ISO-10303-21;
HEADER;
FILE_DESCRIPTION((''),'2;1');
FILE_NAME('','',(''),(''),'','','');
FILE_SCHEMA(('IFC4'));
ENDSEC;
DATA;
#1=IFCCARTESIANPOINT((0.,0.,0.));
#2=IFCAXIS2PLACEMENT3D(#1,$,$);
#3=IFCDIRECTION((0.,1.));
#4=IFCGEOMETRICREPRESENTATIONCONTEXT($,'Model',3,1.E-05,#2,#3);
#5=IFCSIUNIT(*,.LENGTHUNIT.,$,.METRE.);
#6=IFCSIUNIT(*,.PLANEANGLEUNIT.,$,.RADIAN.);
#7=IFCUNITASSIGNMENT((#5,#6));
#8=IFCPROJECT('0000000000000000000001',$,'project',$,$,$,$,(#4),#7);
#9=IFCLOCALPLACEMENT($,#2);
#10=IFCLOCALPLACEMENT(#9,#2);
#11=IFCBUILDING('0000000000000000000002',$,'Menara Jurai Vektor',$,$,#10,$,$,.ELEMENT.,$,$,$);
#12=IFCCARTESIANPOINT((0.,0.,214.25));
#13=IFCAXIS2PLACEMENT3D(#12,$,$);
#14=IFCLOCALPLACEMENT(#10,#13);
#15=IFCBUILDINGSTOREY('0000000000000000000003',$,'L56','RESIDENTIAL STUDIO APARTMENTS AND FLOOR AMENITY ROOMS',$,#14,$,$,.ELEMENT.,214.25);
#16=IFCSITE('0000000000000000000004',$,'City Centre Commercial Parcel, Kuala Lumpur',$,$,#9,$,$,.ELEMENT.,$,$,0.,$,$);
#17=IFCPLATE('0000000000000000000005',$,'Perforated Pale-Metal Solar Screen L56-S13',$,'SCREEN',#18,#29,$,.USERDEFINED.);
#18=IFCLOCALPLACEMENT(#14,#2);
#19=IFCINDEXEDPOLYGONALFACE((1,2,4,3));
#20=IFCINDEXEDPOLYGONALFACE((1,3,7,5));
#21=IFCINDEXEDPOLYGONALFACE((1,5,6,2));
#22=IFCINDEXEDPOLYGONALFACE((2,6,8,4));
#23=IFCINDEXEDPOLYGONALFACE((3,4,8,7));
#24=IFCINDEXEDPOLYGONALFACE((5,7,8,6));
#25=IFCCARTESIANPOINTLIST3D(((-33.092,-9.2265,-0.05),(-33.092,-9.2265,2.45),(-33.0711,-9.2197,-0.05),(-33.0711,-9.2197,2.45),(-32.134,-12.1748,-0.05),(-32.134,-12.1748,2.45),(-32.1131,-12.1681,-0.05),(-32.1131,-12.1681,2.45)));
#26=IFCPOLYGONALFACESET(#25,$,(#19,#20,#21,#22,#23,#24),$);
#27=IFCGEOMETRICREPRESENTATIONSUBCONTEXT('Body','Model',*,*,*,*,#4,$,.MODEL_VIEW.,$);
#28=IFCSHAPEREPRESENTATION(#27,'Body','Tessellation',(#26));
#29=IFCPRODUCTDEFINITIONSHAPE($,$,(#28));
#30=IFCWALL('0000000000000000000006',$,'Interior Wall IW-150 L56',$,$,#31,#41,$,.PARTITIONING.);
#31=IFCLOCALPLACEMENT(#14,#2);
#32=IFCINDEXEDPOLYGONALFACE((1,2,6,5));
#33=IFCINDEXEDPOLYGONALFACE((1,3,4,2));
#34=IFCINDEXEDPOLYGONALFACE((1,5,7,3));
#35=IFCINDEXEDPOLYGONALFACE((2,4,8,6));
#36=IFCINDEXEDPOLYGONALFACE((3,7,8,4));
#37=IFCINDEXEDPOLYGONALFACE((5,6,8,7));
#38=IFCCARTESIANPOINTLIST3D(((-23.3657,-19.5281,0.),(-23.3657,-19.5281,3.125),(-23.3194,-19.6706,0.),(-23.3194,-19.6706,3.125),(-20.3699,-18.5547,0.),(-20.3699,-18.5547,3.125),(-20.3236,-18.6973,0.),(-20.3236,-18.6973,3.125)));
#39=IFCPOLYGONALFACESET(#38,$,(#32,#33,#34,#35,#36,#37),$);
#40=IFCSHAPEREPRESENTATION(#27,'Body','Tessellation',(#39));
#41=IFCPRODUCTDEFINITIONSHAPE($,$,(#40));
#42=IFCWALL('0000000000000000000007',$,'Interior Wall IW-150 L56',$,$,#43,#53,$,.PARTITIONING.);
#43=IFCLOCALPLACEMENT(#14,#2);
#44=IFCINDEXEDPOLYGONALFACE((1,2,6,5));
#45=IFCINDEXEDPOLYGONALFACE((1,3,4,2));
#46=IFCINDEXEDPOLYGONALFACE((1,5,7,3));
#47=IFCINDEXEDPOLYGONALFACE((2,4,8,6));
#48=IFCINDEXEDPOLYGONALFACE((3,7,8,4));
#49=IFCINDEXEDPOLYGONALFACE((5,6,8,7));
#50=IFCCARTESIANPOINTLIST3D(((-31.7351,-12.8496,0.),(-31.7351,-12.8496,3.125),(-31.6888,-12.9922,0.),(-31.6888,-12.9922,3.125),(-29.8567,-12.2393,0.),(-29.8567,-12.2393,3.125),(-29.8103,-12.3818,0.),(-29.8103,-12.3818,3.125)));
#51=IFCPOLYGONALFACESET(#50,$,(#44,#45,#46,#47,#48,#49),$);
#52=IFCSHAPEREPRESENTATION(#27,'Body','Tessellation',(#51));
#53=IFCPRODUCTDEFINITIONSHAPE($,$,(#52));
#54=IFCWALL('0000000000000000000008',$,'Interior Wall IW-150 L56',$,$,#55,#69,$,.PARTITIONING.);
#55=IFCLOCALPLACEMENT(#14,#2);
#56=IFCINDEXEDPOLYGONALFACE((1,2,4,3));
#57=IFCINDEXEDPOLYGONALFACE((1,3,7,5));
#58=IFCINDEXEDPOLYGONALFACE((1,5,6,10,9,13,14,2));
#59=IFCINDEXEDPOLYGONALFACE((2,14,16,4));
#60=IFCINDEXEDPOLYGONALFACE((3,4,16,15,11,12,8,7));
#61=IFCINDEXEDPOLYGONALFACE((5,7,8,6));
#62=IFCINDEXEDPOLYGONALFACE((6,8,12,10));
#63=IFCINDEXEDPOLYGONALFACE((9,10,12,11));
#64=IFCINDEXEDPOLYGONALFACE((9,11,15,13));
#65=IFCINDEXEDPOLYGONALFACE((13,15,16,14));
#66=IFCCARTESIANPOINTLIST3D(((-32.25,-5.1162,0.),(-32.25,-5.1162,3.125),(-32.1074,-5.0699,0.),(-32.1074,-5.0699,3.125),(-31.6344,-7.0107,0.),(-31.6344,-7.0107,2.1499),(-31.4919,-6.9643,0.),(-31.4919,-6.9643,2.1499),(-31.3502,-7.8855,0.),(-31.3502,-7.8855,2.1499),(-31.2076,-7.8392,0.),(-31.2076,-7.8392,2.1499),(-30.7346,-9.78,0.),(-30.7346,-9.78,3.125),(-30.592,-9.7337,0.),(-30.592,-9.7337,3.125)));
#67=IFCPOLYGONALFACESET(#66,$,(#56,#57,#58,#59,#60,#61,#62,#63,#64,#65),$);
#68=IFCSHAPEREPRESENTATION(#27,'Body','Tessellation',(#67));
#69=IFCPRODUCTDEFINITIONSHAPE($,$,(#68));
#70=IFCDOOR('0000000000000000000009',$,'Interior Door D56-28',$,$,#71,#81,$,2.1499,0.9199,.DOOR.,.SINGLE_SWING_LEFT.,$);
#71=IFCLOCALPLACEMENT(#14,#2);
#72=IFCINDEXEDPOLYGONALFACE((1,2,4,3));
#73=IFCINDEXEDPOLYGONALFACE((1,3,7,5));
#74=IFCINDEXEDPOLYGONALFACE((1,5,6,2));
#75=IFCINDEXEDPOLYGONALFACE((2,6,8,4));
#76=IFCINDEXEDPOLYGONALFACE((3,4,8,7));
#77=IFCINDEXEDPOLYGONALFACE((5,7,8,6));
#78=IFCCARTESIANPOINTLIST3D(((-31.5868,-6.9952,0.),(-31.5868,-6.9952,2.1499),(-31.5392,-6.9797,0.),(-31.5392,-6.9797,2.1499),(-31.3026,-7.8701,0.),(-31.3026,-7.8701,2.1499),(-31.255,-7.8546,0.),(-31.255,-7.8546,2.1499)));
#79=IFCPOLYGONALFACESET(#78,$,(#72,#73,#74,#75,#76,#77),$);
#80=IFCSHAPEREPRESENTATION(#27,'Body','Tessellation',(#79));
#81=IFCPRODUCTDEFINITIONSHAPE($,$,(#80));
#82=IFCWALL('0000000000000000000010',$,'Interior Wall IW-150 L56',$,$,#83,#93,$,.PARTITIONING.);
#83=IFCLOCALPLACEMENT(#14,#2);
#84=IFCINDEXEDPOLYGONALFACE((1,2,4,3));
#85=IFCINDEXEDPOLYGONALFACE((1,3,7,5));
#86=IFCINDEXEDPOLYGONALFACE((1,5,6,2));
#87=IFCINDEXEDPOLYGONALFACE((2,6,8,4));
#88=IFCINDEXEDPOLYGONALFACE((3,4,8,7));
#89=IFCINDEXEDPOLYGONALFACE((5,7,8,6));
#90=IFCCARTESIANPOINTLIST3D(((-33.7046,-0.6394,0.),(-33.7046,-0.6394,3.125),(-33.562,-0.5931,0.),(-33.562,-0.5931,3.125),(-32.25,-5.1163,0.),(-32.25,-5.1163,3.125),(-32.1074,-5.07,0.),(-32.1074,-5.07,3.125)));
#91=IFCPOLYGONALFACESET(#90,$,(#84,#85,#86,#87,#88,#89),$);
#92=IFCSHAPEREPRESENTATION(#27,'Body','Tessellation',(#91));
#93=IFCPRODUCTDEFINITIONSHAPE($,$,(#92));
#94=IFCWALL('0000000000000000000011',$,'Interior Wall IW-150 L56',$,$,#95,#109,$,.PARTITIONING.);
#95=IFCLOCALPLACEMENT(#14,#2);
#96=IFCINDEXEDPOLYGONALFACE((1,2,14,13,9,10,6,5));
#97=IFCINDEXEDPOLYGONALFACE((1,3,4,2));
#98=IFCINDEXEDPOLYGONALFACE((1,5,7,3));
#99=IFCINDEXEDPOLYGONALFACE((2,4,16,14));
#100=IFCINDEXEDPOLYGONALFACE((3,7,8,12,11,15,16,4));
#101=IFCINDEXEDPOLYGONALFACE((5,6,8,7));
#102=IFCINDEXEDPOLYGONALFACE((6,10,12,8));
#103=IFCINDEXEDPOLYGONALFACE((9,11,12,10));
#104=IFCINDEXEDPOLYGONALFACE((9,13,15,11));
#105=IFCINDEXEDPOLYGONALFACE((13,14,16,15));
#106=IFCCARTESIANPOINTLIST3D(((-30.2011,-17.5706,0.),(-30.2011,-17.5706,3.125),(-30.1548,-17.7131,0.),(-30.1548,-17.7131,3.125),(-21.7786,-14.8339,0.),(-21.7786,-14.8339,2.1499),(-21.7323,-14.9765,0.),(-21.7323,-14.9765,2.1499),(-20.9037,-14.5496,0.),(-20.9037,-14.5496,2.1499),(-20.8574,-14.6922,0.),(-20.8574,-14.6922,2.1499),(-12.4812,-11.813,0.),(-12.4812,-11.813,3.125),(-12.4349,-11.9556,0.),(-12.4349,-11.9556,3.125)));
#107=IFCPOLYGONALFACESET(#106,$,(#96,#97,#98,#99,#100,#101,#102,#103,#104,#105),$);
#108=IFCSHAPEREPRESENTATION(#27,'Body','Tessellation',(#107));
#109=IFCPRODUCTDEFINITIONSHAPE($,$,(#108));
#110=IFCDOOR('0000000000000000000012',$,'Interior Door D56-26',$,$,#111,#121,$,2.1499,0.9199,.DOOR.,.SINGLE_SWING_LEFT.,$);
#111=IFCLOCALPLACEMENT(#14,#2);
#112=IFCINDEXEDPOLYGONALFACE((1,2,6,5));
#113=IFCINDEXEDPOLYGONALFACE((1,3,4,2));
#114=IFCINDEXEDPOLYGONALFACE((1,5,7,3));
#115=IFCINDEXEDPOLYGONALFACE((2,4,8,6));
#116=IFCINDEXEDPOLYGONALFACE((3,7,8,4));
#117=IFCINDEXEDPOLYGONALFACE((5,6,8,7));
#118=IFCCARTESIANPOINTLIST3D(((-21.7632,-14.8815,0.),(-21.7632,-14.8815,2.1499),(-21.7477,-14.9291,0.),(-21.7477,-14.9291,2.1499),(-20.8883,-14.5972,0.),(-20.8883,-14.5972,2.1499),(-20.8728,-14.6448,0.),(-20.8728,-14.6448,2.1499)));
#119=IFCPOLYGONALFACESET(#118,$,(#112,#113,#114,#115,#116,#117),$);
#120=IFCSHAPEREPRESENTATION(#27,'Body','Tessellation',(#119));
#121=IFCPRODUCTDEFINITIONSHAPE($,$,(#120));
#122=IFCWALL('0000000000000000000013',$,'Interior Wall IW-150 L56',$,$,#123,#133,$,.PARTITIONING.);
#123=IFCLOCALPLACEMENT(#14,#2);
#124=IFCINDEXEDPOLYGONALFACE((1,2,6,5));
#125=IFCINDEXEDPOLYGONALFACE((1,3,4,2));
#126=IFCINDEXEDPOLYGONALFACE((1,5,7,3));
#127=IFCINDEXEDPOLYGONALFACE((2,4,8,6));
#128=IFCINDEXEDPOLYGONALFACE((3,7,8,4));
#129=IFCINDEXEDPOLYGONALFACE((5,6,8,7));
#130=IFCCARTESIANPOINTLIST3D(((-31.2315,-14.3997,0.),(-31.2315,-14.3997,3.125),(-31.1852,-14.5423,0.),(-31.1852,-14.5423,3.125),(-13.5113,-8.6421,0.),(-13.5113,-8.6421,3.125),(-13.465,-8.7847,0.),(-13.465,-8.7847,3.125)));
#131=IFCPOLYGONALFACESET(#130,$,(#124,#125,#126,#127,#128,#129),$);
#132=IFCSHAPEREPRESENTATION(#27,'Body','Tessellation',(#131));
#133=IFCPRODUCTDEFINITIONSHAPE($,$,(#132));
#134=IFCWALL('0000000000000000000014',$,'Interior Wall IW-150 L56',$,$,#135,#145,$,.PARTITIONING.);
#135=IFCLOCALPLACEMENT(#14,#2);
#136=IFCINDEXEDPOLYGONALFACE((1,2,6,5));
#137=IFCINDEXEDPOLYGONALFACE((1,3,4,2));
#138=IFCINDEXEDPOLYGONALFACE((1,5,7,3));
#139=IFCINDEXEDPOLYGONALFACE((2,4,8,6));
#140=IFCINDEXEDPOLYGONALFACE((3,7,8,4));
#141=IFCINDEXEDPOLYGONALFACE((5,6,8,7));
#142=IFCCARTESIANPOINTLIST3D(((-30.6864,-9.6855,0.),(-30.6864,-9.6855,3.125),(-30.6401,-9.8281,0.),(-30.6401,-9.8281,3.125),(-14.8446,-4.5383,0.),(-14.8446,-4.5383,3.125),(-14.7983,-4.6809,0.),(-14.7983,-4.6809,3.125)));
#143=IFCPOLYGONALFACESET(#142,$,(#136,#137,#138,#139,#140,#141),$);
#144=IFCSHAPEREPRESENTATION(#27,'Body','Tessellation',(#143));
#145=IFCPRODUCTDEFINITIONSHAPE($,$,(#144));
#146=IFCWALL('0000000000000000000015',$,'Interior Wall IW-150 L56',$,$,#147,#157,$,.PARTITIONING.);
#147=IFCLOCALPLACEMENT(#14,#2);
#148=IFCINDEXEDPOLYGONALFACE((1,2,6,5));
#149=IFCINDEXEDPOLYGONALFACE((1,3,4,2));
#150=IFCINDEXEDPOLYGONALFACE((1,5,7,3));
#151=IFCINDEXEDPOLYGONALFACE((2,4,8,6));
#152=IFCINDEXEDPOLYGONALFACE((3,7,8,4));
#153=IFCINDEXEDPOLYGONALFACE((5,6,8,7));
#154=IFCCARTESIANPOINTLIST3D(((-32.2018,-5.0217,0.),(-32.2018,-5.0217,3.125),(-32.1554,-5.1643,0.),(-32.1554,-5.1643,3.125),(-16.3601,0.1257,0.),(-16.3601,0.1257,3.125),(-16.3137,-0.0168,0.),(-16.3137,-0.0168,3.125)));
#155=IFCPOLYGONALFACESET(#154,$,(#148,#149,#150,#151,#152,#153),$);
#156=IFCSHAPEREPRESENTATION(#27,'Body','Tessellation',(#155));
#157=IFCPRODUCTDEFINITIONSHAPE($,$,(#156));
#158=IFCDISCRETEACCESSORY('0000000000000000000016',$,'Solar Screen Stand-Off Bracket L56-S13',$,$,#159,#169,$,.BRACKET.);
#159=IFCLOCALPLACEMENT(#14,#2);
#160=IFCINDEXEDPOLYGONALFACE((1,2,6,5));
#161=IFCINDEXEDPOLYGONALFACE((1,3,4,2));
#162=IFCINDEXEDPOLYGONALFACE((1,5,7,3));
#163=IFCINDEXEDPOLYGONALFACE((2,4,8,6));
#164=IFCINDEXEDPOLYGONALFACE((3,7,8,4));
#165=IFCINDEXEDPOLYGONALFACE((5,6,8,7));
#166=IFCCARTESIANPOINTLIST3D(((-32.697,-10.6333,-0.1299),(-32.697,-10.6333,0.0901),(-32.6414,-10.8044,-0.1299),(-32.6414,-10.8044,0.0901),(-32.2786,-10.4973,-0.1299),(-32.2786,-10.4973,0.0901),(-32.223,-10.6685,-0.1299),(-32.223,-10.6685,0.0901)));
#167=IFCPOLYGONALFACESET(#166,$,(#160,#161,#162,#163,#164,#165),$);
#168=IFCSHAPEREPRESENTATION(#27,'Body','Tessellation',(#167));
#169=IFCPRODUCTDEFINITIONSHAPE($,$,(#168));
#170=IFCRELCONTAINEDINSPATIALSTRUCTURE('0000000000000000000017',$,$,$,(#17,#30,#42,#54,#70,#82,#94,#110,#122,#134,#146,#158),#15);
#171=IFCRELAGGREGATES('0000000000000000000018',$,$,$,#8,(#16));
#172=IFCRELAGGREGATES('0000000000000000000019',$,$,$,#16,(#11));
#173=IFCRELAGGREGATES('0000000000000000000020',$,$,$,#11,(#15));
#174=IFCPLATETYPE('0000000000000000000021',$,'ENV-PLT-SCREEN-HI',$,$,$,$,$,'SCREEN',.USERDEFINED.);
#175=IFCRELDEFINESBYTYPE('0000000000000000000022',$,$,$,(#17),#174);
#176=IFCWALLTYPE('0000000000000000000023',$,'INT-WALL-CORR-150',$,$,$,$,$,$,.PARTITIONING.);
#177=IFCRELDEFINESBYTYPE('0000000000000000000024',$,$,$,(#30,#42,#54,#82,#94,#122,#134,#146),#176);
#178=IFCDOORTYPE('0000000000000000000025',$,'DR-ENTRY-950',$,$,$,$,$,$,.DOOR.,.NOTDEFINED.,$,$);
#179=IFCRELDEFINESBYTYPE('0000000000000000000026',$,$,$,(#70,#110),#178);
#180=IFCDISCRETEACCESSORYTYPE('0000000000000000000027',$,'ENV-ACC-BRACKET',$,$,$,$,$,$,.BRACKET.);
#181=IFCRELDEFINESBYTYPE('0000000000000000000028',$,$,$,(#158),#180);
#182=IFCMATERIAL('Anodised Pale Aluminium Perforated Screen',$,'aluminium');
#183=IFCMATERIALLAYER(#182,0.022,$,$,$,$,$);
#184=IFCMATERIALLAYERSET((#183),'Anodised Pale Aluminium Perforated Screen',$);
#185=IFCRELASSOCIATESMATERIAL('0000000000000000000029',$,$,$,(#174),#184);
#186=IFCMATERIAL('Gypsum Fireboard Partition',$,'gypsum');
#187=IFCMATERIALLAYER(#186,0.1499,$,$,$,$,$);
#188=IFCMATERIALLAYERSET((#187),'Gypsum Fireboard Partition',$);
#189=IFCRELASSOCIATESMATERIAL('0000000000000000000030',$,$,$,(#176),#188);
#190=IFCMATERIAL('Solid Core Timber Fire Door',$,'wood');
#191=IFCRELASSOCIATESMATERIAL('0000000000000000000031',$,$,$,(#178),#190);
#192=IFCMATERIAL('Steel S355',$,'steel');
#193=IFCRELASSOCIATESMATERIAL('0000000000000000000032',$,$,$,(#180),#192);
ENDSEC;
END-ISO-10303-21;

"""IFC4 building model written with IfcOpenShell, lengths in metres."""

from ifc_helpers import new_model, si_unit, direction, frame, frame_2d, origin, origin_2d, place, context, subcontext, project, spatial, rectangle, extrude, material, layer, layer_set, type_object, element, fill, save


model = new_model("IFC4")

# Units and contexts
model_context = context("Model", 3, precision=1e-05, world=origin(), true_north=direction((0.0, 1.0)))
body_context = subcontext(model_context, "Body", "Model", "MODEL_VIEW")
ifc_project = project(units=[si_unit("LENGTHUNIT", "METRE"), si_unit("PLANEANGLEUNIT", "RADIAN")], contexts=[model_context])

# Site, building, storey
site_placement = place(None, origin())
site = spatial("IfcSite", under=ifc_project, at=site_placement, Name="City Centre Commercial Parcel, Kuala Lumpur", CompositionType="ELEMENT", RefElevation=0.0)
building_placement = place(site_placement, origin())
building = spatial("IfcBuilding", under=site, at=building_placement, Name="Menara Jurai Vektor", CompositionType="ELEMENT")
storey_placement = place(building_placement, frame((0.0, 0.0, 214.25)))
storey = spatial("IfcBuildingStorey", under=building, at=storey_placement, Name="L56", Description="RESIDENTIAL STUDIO APARTMENTS AND FLOOR AMENITY ROOMS", CompositionType="ELEMENT", Elevation=214.25)

# Shared definitions
ifc_material_1 = material(Name="Steel S355", Category="steel")

# Plate
ifc_material_2 = material(Name="Anodised Pale Aluminium Perforated Screen", Category="aluminium")
ifc_layer_1 = layer(ifc_material_2, 0.022)
ifc_layer_set_1 = layer_set([ifc_layer_1], Name="Anodised Pale Aluminium Perforated Screen")
plate_type_1 = type_object("IfcPlateType", Name="ENV-PLT-SCREEN-HI", ElementType="SCREEN", PredefinedType="USERDEFINED", material=ifc_layer_set_1)
plate_1_placement = place(storey_placement, frame((-32.6025, -10.6973, -0.05), z_axis=(0.0, 0.0, 1.0), x_axis=(0.309017, -0.951057, 0.0)))
element("IfcPlate", 1, at=plate_1_placement, inside=storey, type_object=plate_type_1, Name="Perforated Pale-Metal Solar Screen L56-S13", ObjectType="SCREEN", PredefinedType="USERDEFINED", context=body_context, shape_type="SweptSolid", body=[
    extrude(rectangle(XDim=3.1001, YDim=0.022, at=origin_2d()), origin(), (0.0, 0.0, 1.0), 2.5),
])

# Walls
ifc_material_3 = material(Name="Gypsum Fireboard Partition", Category="gypsum")
ifc_layer_2 = layer(ifc_material_3, 0.1499)
ifc_layer_set_2 = layer_set([ifc_layer_2], Name="Gypsum Fireboard Partition")
wall_type = type_object("IfcWallType", Name="INT-WALL-CORR-150", PredefinedType="PARTITIONING", material=ifc_layer_set_2)
wall_1_placement = place(storey_placement, frame((-23.3425, -19.5994, 0.0), z_axis=(0.0, 0.0, 1.0), x_axis=(0.951059, 0.309011, 0.0)))
element("IfcWall", 2, at=wall_1_placement, inside=storey, type_object=wall_type, Name="Interior Wall IW-150 L56", PredefinedType="PARTITIONING", context=body_context, shape_type="SweptSolid", body=[
    extrude(rectangle(XDim=3.1499, YDim=0.1499, at=frame_2d((1.575, 0.0))), origin(), (0.0, 0.0, 1.0), 3.125),
])
wall_2_placement = place(storey_placement, frame((-31.7119, -12.9209, 0.0), z_axis=(0.0, 0.0, 1.0), x_axis=(0.951054, 0.309025, 0.0)))
element("IfcWall", 3, at=wall_2_placement, inside=storey, type_object=wall_type, Name="Interior Wall IW-150 L56", PredefinedType="PARTITIONING", context=body_context, shape_type="SweptSolid", body=[
    extrude(rectangle(XDim=1.9751, YDim=0.1499, at=frame_2d((0.9875, 0.0))), origin(), (0.0, 0.0, 1.0), 3.125),
])

# Wall, opening, door
ifc_material_4 = material(Name="Solid Core Timber Fire Door", Category="wood")
door_type = type_object("IfcDoorType", Name="DR-ENTRY-950", OperationType="NOTDEFINED", PredefinedType="DOOR", material=ifc_material_4)
wall_3_placement = place(storey_placement, frame((-30.6633, -9.7568, 0.0), z_axis=(0.0, 0.0, 1.0), x_axis=(-0.30902, 0.951056, 0.0)))
wall_3 = element("IfcWall", 4, at=wall_3_placement, inside=storey, type_object=wall_type, Name="Interior Wall IW-150 L56", PredefinedType="PARTITIONING", context=body_context, shape_type="SweptSolid", body=[
    extrude(rectangle(XDim=4.9038, YDim=0.1499, at=frame_2d((2.4519, 0.0))), origin(), (0.0, 0.0, 1.0), 3.125),
])
opening_1_placement = place(wall_3_placement, frame((1.9919, 0.0, 0.0)))
opening_1 = element("IfcOpeningElement", 5, at=opening_1_placement, cuts=wall_3, PredefinedType="OPENING", context=body_context, shape_type="SweptSolid", body=[
    extrude(rectangle(XDim=0.9199, YDim=2.1499, at=frame_2d((0.46, 1.075))), frame((0.0, 0.085, 0.0), z_axis=(0.0, -1.0, 0.0), x_axis=(1.0, 0.0, 0.0)), (0.0, 0.0, 1.0), 0.1699),
])
door_1_placement = place(opening_1_placement, origin())
door_1 = element("IfcDoor", 6, at=door_1_placement, inside=storey, type_object=door_type, Name="Interior Door D56-28", OperationType="SINGLE_SWING_LEFT", OverallHeight=2.1499, OverallWidth=0.9199, PredefinedType="DOOR", context=body_context, shape_type="SweptSolid", body=[
    extrude(rectangle(XDim=0.9199, YDim=2.1499, at=frame_2d((0.46, 1.075))), frame((0.0, 0.0249, 0.0), z_axis=(0.0, -1.0, 0.0), x_axis=(1.0, 0.0, 0.0)), (0.0, 0.0, 1.0), 0.05),
])
fill(opening_1, door_1)

# Wall
wall_4_placement = place(storey_placement, frame((-32.1787, -5.093, 0.0), z_axis=(0.0, 0.0, 1.0), x_axis=(-0.309015, 0.951057, 0.0)))
element("IfcWall", 7, at=wall_4_placement, inside=storey, type_object=wall_type, Name="Interior Wall IW-150 L56", PredefinedType="PARTITIONING", context=body_context, shape_type="SweptSolid", body=[
    extrude(rectangle(XDim=4.7073, YDim=0.1499, at=frame_2d((2.3535, 0.0))), origin(), (0.0, 0.0, 1.0), 3.125),
])

# Wall, opening, door
wall_5_placement = place(storey_placement, frame((-30.178, -17.6418, 0.0), z_axis=(0.0, 0.0, 1.0), x_axis=(0.951057, 0.309017, 0.0)))
wall_5 = element("IfcWall", 8, at=wall_5_placement, inside=storey, type_object=wall_type, Name="Interior Wall IW-150 L56", PredefinedType="PARTITIONING", context=body_context, shape_type="SweptSolid", body=[
    extrude(rectangle(XDim=18.6318, YDim=0.1499, at=frame_2d((9.3159, 0.0))), origin(), (0.0, 0.0, 1.0), 3.125),
])
opening_2_placement = place(wall_5_placement, frame((8.856, 0.0, 0.0)))
opening_2 = element("IfcOpeningElement", 9, at=opening_2_placement, cuts=wall_5, PredefinedType="OPENING", context=body_context, shape_type="SweptSolid", body=[
    extrude(rectangle(XDim=0.9199, YDim=2.1499, at=frame_2d((0.46, 1.075))), frame((0.0, 0.085, 0.0), z_axis=(0.0, -1.0, 0.0), x_axis=(1.0, 0.0, 0.0)), (0.0, 0.0, 1.0), 0.1699),
])
door_2_placement = place(opening_2_placement, origin())
door_2 = element("IfcDoor", 10, at=door_2_placement, inside=storey, type_object=door_type, Name="Interior Door D56-26", OperationType="SINGLE_SWING_LEFT", OverallHeight=2.1499, OverallWidth=0.9199, PredefinedType="DOOR", context=body_context, shape_type="SweptSolid", body=[
    extrude(rectangle(XDim=0.9199, YDim=2.1499, at=frame_2d((0.46, 1.075))), frame((0.0, 0.0249, 0.0), z_axis=(0.0, -1.0, 0.0), x_axis=(1.0, 0.0, 0.0)), (0.0, 0.0, 1.0), 0.05),
])
fill(opening_2, door_2)

# Walls
wall_6_placement = place(storey_placement, frame((-31.2083, -14.4709, 0.0), z_axis=(0.0, 0.0, 1.0), x_axis=(0.951058, 0.309013, 0.0)))
element("IfcWall", 11, at=wall_6_placement, inside=storey, type_object=wall_type, Name="Interior Wall IW-150 L56", PredefinedType="PARTITIONING", context=body_context, shape_type="SweptSolid", body=[
    extrude(rectangle(XDim=18.6321, YDim=0.1499, at=frame_2d((9.3159, 0.0))), origin(), (0.0, 0.0, 1.0), 3.125),
])
for number, where, z_axis, x_axis, name in (
    (12, (-30.6633, -9.7568, 0.0), (0.0, 0.0, 1.0), (0.951058, 0.309012, 0.0), "Interior Wall IW-150 L56"),
    (13, (-32.1787, -5.093, 0.0), (0.0, 0.0, 1.0), (0.951054, 0.309025, 0.0), "Interior Wall IW-150 L56"),
):
    element("IfcWall", number, at=place(storey_placement, frame(where, z_axis=z_axis, x_axis=x_axis)), inside=storey, type_object=wall_type, Name=name, PredefinedType="PARTITIONING", context=body_context, shape_type="SweptSolid", body=[
        extrude(rectangle(XDim=16.657, YDim=0.1499, at=frame_2d((8.3286, 0.0))), origin(), (0.0, 0.0, 1.0), 3.125),
    ])

# Discrete accessory
discrete_accessory_type = type_object("IfcDiscreteAccessoryType", Name="ENV-ACC-BRACKET", PredefinedType="BRACKET", material=ifc_material_1)
discrete_accessory_placement = place(storey_placement, frame((-32.46, -10.6509, -0.1299), z_axis=(0.0, 0.0, 1.0), x_axis=(0.309017, -0.951057, 0.0)))
element("IfcDiscreteAccessory", 14, at=discrete_accessory_placement, inside=storey, type_object=discrete_accessory_type, Name="Solar Screen Stand-Off Bracket L56-S13", PredefinedType="BRACKET", context=body_context, shape_type="SweptSolid", body=[
    extrude(rectangle(XDim=0.1799, YDim=0.4399, at=origin_2d()), origin(), (0.0, 0.0, 1.0), 0.22),
])

save(model, "model.ifc")
